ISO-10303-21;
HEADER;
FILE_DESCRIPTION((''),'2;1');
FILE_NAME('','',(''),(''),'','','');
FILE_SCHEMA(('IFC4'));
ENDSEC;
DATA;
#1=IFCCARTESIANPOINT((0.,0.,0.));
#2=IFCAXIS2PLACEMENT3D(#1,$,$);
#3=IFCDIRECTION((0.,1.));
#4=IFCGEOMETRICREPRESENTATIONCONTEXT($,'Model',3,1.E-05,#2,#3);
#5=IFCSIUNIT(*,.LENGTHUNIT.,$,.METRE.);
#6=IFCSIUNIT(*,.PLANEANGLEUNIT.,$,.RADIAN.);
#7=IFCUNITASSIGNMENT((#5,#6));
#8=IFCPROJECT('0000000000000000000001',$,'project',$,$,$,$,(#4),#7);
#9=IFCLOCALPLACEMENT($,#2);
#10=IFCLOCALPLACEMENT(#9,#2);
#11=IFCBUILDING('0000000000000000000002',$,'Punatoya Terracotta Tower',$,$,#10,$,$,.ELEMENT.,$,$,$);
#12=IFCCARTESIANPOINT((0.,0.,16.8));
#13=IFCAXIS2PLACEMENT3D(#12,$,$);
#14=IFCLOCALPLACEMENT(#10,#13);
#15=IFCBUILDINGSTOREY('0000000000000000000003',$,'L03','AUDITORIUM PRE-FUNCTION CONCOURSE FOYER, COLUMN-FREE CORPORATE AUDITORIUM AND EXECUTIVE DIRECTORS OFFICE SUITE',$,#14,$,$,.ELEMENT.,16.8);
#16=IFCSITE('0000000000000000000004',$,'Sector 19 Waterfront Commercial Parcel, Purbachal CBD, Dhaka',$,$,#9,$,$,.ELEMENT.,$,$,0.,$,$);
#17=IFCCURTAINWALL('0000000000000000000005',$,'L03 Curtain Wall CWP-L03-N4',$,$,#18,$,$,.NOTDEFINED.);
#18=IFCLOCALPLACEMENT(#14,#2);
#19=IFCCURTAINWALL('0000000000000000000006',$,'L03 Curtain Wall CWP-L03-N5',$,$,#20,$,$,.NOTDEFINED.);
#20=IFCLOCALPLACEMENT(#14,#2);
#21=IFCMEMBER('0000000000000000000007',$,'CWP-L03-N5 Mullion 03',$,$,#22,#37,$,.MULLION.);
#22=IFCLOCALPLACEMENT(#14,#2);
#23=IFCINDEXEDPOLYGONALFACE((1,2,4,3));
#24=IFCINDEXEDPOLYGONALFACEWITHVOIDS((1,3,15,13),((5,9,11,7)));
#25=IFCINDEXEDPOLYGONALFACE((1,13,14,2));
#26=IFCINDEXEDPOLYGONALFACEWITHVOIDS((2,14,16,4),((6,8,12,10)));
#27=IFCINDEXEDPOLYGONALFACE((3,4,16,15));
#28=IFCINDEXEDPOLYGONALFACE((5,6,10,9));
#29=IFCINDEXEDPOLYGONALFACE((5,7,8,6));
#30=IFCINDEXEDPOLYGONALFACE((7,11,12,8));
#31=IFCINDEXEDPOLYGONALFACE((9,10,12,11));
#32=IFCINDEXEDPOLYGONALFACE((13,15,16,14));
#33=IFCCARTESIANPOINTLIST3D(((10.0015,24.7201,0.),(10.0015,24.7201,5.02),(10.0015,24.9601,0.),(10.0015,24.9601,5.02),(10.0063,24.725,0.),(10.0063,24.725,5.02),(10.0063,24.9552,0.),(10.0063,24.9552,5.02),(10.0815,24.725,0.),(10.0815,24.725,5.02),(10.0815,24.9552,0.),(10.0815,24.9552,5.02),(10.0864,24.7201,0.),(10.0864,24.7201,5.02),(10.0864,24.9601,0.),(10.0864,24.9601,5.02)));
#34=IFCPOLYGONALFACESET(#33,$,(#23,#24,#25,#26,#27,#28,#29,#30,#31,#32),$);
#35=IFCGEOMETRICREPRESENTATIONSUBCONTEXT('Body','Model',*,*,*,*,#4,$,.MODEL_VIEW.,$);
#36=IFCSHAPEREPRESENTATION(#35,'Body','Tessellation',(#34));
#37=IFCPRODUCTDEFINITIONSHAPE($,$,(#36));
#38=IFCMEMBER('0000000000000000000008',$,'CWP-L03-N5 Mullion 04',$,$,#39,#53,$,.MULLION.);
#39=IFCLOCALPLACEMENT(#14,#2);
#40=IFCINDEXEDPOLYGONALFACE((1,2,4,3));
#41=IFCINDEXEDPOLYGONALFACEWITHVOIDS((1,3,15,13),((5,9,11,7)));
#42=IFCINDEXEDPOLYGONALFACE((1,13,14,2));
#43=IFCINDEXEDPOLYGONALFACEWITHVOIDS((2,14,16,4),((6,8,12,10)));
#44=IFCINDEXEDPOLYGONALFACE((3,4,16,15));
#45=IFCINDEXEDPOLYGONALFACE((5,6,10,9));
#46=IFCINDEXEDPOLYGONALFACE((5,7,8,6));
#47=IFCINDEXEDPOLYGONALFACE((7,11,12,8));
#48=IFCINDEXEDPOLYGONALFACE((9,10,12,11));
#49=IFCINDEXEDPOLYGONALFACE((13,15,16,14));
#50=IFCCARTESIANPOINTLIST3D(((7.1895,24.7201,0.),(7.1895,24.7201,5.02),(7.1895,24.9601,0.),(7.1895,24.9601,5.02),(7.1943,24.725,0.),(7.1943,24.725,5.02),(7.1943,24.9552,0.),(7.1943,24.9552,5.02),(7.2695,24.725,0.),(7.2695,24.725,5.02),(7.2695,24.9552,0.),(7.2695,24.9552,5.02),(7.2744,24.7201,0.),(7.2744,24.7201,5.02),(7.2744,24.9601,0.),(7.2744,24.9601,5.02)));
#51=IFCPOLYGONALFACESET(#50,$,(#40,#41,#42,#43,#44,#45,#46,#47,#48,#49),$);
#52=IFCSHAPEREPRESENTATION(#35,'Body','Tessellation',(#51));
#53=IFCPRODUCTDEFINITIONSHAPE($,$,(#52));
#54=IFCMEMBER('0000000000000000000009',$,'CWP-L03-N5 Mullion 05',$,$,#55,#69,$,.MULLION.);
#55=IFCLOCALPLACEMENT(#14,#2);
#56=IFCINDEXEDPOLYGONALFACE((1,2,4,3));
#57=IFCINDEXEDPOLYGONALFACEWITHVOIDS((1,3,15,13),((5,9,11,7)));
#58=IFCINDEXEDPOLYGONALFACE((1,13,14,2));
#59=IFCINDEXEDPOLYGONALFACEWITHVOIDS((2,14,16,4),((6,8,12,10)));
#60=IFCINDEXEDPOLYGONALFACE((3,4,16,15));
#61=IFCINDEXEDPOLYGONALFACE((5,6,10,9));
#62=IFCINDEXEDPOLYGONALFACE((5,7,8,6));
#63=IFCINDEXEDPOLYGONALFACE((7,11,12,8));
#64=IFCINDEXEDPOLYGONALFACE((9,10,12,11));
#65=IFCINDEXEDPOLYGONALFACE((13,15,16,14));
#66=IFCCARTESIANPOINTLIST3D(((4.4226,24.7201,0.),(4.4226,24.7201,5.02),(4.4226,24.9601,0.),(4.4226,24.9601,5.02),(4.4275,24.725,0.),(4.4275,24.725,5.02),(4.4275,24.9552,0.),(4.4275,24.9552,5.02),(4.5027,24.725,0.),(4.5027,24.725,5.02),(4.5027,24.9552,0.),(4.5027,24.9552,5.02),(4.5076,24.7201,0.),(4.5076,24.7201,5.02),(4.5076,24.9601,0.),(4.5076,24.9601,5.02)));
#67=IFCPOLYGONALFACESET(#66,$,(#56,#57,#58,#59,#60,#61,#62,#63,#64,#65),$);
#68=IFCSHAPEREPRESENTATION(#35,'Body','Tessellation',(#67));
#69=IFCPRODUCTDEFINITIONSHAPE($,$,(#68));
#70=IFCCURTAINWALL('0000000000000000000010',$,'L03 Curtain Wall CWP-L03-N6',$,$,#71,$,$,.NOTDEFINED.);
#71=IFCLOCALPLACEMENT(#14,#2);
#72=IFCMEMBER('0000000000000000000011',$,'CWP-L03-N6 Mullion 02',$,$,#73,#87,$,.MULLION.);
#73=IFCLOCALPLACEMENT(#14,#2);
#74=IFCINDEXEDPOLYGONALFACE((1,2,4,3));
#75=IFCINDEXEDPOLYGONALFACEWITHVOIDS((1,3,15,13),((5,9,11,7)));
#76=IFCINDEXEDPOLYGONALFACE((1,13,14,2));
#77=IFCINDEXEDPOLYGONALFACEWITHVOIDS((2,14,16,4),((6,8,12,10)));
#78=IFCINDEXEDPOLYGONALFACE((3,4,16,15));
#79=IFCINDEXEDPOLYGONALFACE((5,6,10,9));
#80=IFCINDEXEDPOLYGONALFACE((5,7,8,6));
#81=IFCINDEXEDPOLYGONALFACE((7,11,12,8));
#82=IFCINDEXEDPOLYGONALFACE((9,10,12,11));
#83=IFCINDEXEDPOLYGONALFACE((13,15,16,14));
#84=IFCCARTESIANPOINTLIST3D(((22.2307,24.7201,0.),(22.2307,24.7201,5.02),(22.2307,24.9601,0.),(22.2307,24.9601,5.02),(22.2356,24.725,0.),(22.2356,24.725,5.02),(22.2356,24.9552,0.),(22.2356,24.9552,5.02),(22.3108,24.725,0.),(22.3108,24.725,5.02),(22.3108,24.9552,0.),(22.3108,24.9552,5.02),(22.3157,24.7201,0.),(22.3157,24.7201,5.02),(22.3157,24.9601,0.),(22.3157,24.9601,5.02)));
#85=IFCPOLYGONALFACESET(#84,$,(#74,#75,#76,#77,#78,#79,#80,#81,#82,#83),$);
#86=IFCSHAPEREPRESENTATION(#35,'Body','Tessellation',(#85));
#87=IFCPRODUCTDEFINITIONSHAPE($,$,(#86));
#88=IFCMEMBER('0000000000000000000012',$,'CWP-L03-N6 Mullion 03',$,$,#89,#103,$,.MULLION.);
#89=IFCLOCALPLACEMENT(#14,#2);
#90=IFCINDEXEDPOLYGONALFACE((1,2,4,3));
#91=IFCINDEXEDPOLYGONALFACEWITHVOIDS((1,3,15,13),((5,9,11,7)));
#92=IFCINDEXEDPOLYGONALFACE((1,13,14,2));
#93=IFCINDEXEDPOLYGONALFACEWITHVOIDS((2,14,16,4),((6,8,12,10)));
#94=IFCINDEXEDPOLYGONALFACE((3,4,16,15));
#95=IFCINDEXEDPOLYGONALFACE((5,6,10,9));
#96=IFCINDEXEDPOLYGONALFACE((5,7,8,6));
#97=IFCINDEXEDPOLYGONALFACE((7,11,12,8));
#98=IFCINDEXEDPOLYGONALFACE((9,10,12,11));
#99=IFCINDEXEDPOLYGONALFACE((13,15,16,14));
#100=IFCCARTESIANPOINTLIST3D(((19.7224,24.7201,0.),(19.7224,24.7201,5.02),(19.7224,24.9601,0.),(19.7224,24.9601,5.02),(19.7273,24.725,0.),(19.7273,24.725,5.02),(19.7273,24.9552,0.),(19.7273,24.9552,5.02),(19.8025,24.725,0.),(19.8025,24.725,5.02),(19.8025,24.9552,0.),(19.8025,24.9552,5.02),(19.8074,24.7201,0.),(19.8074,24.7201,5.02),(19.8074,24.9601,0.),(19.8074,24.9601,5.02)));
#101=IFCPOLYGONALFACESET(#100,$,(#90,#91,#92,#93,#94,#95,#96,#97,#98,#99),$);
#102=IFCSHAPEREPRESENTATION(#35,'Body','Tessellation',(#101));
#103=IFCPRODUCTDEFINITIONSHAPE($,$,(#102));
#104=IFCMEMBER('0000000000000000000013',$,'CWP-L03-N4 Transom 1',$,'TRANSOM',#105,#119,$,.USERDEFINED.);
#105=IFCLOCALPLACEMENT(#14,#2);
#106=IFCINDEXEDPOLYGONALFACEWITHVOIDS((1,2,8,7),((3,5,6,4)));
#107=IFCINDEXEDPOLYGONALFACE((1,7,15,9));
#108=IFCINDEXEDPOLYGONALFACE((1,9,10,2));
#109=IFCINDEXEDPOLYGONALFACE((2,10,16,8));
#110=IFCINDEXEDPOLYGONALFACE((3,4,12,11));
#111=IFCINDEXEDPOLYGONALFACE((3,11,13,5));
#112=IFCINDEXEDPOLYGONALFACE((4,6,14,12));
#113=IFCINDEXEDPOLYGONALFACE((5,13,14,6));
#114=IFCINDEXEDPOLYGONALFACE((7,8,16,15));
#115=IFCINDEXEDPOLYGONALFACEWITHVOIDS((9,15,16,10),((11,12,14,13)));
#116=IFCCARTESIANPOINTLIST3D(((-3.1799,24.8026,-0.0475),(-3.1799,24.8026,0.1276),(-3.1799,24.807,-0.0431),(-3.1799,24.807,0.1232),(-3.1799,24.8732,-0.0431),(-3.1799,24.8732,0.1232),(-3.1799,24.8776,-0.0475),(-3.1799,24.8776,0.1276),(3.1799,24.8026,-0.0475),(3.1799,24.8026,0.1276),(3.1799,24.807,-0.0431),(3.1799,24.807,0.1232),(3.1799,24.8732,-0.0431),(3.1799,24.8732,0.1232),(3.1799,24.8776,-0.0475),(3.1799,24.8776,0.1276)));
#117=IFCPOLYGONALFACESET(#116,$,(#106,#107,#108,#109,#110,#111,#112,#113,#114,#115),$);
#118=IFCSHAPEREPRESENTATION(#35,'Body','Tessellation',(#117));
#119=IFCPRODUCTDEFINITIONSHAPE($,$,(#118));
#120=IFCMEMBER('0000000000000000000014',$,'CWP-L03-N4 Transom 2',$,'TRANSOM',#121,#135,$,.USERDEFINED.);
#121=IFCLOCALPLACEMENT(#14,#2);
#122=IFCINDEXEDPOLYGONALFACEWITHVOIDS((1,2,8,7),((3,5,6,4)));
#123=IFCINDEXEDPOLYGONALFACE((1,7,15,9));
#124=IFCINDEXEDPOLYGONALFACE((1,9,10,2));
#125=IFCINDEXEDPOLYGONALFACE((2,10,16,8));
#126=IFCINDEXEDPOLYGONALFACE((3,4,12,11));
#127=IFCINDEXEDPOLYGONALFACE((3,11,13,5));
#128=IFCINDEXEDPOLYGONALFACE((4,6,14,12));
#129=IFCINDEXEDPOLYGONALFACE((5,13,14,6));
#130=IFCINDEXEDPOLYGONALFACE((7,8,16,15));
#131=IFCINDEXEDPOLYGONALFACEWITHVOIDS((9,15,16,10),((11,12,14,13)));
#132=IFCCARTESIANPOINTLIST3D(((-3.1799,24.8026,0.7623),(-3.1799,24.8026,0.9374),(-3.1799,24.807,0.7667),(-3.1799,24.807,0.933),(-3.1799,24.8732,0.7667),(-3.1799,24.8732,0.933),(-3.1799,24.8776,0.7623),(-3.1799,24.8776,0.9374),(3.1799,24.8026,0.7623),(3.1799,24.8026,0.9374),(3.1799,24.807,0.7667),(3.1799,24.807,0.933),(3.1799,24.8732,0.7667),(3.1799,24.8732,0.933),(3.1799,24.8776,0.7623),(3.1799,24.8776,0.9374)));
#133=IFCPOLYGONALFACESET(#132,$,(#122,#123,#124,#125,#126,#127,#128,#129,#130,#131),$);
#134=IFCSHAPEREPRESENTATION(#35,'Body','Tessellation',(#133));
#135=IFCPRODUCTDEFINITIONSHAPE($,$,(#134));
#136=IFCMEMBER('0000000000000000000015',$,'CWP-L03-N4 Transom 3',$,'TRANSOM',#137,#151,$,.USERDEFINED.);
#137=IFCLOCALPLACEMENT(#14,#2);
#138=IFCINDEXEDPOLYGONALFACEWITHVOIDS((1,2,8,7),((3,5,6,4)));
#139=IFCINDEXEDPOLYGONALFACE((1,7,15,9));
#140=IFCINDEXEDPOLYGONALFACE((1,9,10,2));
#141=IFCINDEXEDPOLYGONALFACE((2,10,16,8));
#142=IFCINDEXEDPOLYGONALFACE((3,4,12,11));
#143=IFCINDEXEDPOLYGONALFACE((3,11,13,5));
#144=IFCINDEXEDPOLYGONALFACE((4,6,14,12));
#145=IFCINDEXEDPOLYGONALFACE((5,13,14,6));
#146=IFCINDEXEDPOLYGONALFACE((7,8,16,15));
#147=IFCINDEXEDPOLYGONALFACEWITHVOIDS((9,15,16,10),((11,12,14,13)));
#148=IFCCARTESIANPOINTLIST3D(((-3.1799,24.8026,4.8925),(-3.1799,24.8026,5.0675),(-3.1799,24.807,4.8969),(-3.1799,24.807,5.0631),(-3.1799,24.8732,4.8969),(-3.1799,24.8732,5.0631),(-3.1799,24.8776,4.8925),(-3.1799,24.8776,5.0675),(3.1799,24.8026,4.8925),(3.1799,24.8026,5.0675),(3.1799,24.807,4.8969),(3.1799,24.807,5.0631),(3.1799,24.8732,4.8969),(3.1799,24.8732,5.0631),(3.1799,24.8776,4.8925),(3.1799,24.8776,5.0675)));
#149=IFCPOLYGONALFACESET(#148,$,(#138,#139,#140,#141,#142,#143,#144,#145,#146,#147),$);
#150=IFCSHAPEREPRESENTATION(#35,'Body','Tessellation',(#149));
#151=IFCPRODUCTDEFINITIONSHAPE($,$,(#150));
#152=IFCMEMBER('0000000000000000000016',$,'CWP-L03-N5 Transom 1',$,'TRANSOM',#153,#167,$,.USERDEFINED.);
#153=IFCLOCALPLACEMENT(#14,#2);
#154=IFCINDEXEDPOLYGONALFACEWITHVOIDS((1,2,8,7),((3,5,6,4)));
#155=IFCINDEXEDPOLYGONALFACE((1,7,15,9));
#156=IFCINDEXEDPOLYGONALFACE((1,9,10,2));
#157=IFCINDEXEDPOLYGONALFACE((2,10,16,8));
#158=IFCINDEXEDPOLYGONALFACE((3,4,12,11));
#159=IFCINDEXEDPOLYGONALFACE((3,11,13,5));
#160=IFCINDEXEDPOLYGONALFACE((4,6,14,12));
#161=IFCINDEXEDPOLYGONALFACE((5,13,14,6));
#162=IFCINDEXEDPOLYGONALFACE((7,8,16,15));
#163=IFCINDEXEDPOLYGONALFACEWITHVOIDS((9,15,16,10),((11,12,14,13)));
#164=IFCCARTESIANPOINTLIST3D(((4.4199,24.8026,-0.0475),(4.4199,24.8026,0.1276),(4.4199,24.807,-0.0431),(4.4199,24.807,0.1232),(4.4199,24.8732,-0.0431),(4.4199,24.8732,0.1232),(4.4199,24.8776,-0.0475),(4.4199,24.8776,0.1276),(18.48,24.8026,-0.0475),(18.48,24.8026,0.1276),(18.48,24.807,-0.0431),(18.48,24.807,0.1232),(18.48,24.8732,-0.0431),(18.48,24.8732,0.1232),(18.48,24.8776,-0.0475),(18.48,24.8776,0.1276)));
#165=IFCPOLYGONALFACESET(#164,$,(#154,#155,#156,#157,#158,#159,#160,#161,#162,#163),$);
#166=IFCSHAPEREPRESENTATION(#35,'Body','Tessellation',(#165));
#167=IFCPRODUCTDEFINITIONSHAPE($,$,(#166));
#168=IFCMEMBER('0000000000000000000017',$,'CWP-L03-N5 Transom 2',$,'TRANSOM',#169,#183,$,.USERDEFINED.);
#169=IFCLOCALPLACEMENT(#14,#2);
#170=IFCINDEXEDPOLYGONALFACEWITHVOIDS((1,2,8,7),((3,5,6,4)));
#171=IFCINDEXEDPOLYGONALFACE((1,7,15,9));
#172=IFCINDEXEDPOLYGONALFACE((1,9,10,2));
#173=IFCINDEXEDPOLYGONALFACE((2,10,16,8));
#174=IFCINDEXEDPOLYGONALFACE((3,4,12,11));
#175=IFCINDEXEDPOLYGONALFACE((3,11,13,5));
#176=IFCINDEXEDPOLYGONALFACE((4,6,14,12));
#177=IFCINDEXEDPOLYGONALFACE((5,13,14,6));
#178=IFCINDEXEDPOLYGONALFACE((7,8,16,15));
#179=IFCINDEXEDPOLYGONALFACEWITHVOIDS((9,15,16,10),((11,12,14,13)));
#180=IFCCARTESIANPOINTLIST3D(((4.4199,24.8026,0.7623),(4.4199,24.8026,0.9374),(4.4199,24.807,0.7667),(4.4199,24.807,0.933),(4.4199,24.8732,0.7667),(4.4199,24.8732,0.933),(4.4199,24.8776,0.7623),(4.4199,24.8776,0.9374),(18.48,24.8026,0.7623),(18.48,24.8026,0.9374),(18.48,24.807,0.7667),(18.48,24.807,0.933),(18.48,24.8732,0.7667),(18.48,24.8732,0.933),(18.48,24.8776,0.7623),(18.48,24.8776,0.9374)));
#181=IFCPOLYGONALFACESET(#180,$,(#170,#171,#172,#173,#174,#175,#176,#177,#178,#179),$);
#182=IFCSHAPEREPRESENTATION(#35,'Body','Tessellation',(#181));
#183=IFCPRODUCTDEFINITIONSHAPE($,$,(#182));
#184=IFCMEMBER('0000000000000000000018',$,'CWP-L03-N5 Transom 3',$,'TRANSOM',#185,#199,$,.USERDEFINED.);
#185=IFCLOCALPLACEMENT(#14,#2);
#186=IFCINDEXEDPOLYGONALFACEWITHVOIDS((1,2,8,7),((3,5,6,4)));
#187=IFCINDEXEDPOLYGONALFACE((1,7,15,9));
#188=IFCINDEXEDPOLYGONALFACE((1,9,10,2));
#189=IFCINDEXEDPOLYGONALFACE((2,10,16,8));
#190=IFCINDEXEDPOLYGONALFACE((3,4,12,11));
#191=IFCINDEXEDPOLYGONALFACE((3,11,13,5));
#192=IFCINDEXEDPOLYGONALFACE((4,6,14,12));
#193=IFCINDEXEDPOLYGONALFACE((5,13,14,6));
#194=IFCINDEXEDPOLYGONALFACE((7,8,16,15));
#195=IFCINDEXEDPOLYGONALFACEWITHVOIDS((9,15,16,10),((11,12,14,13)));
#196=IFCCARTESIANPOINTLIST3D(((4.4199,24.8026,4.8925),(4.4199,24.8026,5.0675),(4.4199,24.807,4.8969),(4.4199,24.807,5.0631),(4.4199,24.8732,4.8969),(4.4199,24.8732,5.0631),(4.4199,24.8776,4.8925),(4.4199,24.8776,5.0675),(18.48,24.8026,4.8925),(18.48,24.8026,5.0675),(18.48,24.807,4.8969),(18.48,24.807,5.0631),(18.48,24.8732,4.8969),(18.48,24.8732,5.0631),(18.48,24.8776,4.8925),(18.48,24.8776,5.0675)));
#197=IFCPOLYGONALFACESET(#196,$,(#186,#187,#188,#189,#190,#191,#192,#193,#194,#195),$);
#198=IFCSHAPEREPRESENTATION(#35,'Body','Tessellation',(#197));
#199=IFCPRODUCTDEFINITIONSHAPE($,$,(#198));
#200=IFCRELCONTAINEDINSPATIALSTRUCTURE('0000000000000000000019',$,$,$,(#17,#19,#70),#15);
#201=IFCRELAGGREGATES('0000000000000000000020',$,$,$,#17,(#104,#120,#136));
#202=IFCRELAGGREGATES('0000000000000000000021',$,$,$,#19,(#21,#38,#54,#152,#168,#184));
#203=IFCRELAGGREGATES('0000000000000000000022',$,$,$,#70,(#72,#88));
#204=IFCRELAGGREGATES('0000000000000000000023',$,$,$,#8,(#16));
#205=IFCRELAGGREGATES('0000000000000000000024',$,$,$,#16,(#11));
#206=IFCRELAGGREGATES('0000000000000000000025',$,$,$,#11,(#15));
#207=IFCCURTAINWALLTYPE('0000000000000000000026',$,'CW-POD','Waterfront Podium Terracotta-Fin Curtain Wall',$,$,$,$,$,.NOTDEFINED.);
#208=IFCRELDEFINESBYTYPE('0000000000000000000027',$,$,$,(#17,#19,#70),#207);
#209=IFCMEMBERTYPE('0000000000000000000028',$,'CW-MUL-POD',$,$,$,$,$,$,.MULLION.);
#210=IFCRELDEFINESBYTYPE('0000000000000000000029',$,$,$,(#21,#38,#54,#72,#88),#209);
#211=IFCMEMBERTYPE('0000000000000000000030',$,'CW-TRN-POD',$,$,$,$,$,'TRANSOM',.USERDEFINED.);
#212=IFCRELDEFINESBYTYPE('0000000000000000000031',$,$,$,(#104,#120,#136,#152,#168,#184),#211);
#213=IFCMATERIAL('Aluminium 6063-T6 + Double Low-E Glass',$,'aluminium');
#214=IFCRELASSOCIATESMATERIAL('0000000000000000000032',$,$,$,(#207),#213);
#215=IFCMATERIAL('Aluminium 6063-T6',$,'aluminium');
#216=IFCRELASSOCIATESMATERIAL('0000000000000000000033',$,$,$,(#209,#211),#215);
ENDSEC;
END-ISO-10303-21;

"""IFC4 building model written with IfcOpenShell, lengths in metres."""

from ifc_helpers import new_model, si_unit, direction, frame, origin, origin_2d, place, context, subcontext, project, spatial, hollow_rectangle, extrude, material, material_profile, profile_set, type_object, element, aggregate, save


model = new_model("IFC4")

# Units and contexts
model_context = context("Model", 3, precision=1e-05, world=origin(), true_north=direction((0.0, 1.0)))
body_context = subcontext(model_context, "Body", "Model", "MODEL_VIEW")
ifc_project = project(units=[si_unit("LENGTHUNIT", "METRE"), si_unit("PLANEANGLEUNIT", "RADIAN")], contexts=[model_context])

# Site, building, storey
site_placement = place(None, origin())
site = spatial("IfcSite", under=ifc_project, at=site_placement, Name="Sector 19 Waterfront Commercial Parcel, Purbachal CBD, Dhaka", CompositionType="ELEMENT", RefElevation=0.0)
building_placement = place(site_placement, origin())
building = spatial("IfcBuilding", under=site, at=building_placement, Name="Punatoya Terracotta Tower", CompositionType="ELEMENT")
storey_placement = place(building_placement, frame((0.0, 0.0, 16.8)))
storey = spatial("IfcBuildingStorey", under=building, at=storey_placement, Name="L03", Description="AUDITORIUM PRE-FUNCTION CONCOURSE FOYER, COLUMN-FREE CORPORATE AUDITORIUM AND EXECUTIVE DIRECTORS OFFICE SUITE", CompositionType="ELEMENT", Elevation=16.8)

# Curtain wall
ifc_material_1 = material(Name="Aluminium 6063-T6 + Double Low-E Glass", Category="aluminium")
curtain_wall_type = type_object("IfcCurtainWallType", Name="CW-POD", Description="Waterfront Podium Terracotta-Fin Curtain Wall", PredefinedType="NOTDEFINED", material=ifc_material_1)
curtain_wall_1_placement = place(storey_placement, origin())
curtain_wall_1 = element("IfcCurtainWall", 1, at=curtain_wall_1_placement, inside=storey, type_object=curtain_wall_type, Name="L03 Curtain Wall CWP-L03-N4", PredefinedType="NOTDEFINED")
ifc_material_2 = material(Name="Aluminium 6063-T6", Category="aluminium")
ifc_material_profile_1 = material_profile(ifc_material_2, hollow_rectangle(XDim=0.085, YDim=0.24, WallThickness=0.0049, at=origin_2d()))
ifc_profile_set_1 = profile_set([ifc_material_profile_1], Name="Aluminium 6063-T6")
member_type_1 = type_object("IfcMemberType", Name="CW-MUL-POD", PredefinedType="MULLION", material=ifc_profile_set_1)

# Curtain walls, members
curtain_wall_2_placement = place(storey_placement, origin())
curtain_wall_2 = element("IfcCurtainWall", 2, at=curtain_wall_2_placement, inside=storey, type_object=curtain_wall_type, Name="L03 Curtain Wall CWP-L03-N5", PredefinedType="NOTDEFINED")
member_1_placement = place(storey_placement, frame((10.0439, 24.8401, 0.0), z_axis=(0.0, 0.0, 1.0), x_axis=(1.0, 0.0, 0.0)))
member_1 = element("IfcMember", 3, at=member_1_placement, type_object=member_type_1, Name="CWP-L03-N5 Mullion 03", PredefinedType="MULLION", context=body_context, shape_type="SweptSolid", body=[
    extrude(hollow_rectangle(XDim=0.085, YDim=0.24, WallThickness=0.0049, at=origin_2d()), origin(), (0.0, 0.0, 1.0), 5.02),
])
member_2_placement = place(storey_placement, frame((7.2319, 24.8401, 0.0), z_axis=(0.0, 0.0, 1.0), x_axis=(1.0, 0.0, 0.0)))
member_2 = element("IfcMember", 4, at=member_2_placement, type_object=member_type_1, Name="CWP-L03-N5 Mullion 04", PredefinedType="MULLION", context=body_context, shape_type="SweptSolid", body=[
    extrude(hollow_rectangle(XDim=0.085, YDim=0.24, WallThickness=0.0049, at=origin_2d()), origin(), (0.0, 0.0, 1.0), 5.02),
])
member_3_placement = place(storey_placement, frame((4.4651, 24.8401, 0.0), z_axis=(0.0, 0.0, 1.0), x_axis=(1.0, 0.0, 0.0)))
member_3 = element("IfcMember", 5, at=member_3_placement, type_object=member_type_1, Name="CWP-L03-N5 Mullion 05", PredefinedType="MULLION", context=body_context, shape_type="SweptSolid", body=[
    extrude(hollow_rectangle(XDim=0.085, YDim=0.24, WallThickness=0.0049, at=origin_2d()), origin(), (0.0, 0.0, 1.0), 5.02),
])
curtain_wall_3_placement = place(storey_placement, origin())
curtain_wall_3 = element("IfcCurtainWall", 6, at=curtain_wall_3_placement, inside=storey, type_object=curtain_wall_type, Name="L03 Curtain Wall CWP-L03-N6", PredefinedType="NOTDEFINED")
member_4_placement = place(storey_placement, frame((22.2732, 24.8401, 0.0), z_axis=(0.0, 0.0, 1.0), x_axis=(1.0, 0.0, 0.0)))
member_4 = element("IfcMember", 7, at=member_4_placement, type_object=member_type_1, Name="CWP-L03-N6 Mullion 02", PredefinedType="MULLION", context=body_context, shape_type="SweptSolid", body=[
    extrude(hollow_rectangle(XDim=0.085, YDim=0.24, WallThickness=0.0049, at=origin_2d()), origin(), (0.0, 0.0, 1.0), 5.02),
])
member_5_placement = place(storey_placement, frame((19.7649, 24.8401, 0.0), z_axis=(0.0, 0.0, 1.0), x_axis=(1.0, 0.0, 0.0)))
member_5 = element("IfcMember", 8, at=member_5_placement, type_object=member_type_1, Name="CWP-L03-N6 Mullion 03", PredefinedType="MULLION", context=body_context, shape_type="SweptSolid", body=[
    extrude(hollow_rectangle(XDim=0.085, YDim=0.24, WallThickness=0.0049, at=origin_2d()), origin(), (0.0, 0.0, 1.0), 5.02),
])

# Members
ifc_material_profile_2 = material_profile(ifc_material_2, hollow_rectangle(XDim=0.075, YDim=0.175, WallThickness=0.0044, at=origin_2d()))
ifc_profile_set_2 = profile_set([ifc_material_profile_2], Name="Aluminium 6063-T6")
member_type_2 = type_object("IfcMemberType", Name="CW-TRN-POD", ElementType="TRANSOM", PredefinedType="USERDEFINED", material=ifc_profile_set_2)
member_6_placement = place(storey_placement, frame((3.1799, 24.8401, 0.04), z_axis=(-1.0, 0.0, 0.0), x_axis=(0.0, -1.0, 0.0)))
member_6 = element("IfcMember", 9, at=member_6_placement, type_object=member_type_2, Name="CWP-L03-N4 Transom 1", ObjectType="TRANSOM", PredefinedType="USERDEFINED", context=body_context, shape_type="SweptSolid", body=[
    extrude(hollow_rectangle(XDim=0.075, YDim=0.175, WallThickness=0.0044, at=origin_2d()), origin(), (0.0, 0.0, 1.0), 6.3599),
])
member_7_placement = place(storey_placement, frame((3.1799, 24.8401, 0.8499), z_axis=(-1.0, 0.0, 0.0), x_axis=(0.0, -1.0, 0.0)))
member_7 = element("IfcMember", 10, at=member_7_placement, type_object=member_type_2, Name="CWP-L03-N4 Transom 2", ObjectType="TRANSOM", PredefinedType="USERDEFINED", context=body_context, shape_type="SweptSolid", body=[
    extrude(hollow_rectangle(XDim=0.075, YDim=0.175, WallThickness=0.0044, at=origin_2d()), origin(), (0.0, 0.0, 1.0), 6.3599),
])
member_8_placement = place(storey_placement, frame((3.1799, 24.8401, 4.98), z_axis=(-1.0, 0.0, 0.0), x_axis=(0.0, -1.0, 0.0)))
member_8 = element("IfcMember", 11, at=member_8_placement, type_object=member_type_2, Name="CWP-L03-N4 Transom 3", ObjectType="TRANSOM", PredefinedType="USERDEFINED", context=body_context, shape_type="SweptSolid", body=[
    extrude(hollow_rectangle(XDim=0.075, YDim=0.175, WallThickness=0.0044, at=origin_2d()), origin(), (0.0, 0.0, 1.0), 6.3599),
])
aggregate(curtain_wall_1, [member_6, member_7, member_8])
member_9_placement = place(storey_placement, frame((18.48, 24.8401, 0.04), z_axis=(-1.0, 0.0, 0.0), x_axis=(0.0, -1.0, 0.0)))
member_9 = element("IfcMember", 12, at=member_9_placement, type_object=member_type_2, Name="CWP-L03-N5 Transom 1", ObjectType="TRANSOM", PredefinedType="USERDEFINED", context=body_context, shape_type="SweptSolid", body=[
    extrude(hollow_rectangle(XDim=0.075, YDim=0.175, WallThickness=0.0044, at=origin_2d()), origin(), (0.0, 0.0, 1.0), 14.0601),
])
member_10_placement = place(storey_placement, frame((18.48, 24.8401, 0.8499), z_axis=(-1.0, 0.0, 0.0), x_axis=(0.0, -1.0, 0.0)))
member_10 = element("IfcMember", 13, at=member_10_placement, type_object=member_type_2, Name="CWP-L03-N5 Transom 2", ObjectType="TRANSOM", PredefinedType="USERDEFINED", context=body_context, shape_type="SweptSolid", body=[
    extrude(hollow_rectangle(XDim=0.075, YDim=0.175, WallThickness=0.0044, at=origin_2d()), origin(), (0.0, 0.0, 1.0), 14.0601),
])
member_11_placement = place(storey_placement, frame((18.48, 24.8401, 4.98), z_axis=(-1.0, 0.0, 0.0), x_axis=(0.0, -1.0, 0.0)))
member_11 = element("IfcMember", 14, at=member_11_placement, type_object=member_type_2, Name="CWP-L03-N5 Transom 3", ObjectType="TRANSOM", PredefinedType="USERDEFINED", context=body_context, shape_type="SweptSolid", body=[
    extrude(hollow_rectangle(XDim=0.075, YDim=0.175, WallThickness=0.0044, at=origin_2d()), origin(), (0.0, 0.0, 1.0), 14.0601),
])

aggregate(curtain_wall_2, [member_1, member_2, member_3, member_9, member_10, member_11])
aggregate(curtain_wall_3, [member_4, member_5])

save(model, "model.ifc")
